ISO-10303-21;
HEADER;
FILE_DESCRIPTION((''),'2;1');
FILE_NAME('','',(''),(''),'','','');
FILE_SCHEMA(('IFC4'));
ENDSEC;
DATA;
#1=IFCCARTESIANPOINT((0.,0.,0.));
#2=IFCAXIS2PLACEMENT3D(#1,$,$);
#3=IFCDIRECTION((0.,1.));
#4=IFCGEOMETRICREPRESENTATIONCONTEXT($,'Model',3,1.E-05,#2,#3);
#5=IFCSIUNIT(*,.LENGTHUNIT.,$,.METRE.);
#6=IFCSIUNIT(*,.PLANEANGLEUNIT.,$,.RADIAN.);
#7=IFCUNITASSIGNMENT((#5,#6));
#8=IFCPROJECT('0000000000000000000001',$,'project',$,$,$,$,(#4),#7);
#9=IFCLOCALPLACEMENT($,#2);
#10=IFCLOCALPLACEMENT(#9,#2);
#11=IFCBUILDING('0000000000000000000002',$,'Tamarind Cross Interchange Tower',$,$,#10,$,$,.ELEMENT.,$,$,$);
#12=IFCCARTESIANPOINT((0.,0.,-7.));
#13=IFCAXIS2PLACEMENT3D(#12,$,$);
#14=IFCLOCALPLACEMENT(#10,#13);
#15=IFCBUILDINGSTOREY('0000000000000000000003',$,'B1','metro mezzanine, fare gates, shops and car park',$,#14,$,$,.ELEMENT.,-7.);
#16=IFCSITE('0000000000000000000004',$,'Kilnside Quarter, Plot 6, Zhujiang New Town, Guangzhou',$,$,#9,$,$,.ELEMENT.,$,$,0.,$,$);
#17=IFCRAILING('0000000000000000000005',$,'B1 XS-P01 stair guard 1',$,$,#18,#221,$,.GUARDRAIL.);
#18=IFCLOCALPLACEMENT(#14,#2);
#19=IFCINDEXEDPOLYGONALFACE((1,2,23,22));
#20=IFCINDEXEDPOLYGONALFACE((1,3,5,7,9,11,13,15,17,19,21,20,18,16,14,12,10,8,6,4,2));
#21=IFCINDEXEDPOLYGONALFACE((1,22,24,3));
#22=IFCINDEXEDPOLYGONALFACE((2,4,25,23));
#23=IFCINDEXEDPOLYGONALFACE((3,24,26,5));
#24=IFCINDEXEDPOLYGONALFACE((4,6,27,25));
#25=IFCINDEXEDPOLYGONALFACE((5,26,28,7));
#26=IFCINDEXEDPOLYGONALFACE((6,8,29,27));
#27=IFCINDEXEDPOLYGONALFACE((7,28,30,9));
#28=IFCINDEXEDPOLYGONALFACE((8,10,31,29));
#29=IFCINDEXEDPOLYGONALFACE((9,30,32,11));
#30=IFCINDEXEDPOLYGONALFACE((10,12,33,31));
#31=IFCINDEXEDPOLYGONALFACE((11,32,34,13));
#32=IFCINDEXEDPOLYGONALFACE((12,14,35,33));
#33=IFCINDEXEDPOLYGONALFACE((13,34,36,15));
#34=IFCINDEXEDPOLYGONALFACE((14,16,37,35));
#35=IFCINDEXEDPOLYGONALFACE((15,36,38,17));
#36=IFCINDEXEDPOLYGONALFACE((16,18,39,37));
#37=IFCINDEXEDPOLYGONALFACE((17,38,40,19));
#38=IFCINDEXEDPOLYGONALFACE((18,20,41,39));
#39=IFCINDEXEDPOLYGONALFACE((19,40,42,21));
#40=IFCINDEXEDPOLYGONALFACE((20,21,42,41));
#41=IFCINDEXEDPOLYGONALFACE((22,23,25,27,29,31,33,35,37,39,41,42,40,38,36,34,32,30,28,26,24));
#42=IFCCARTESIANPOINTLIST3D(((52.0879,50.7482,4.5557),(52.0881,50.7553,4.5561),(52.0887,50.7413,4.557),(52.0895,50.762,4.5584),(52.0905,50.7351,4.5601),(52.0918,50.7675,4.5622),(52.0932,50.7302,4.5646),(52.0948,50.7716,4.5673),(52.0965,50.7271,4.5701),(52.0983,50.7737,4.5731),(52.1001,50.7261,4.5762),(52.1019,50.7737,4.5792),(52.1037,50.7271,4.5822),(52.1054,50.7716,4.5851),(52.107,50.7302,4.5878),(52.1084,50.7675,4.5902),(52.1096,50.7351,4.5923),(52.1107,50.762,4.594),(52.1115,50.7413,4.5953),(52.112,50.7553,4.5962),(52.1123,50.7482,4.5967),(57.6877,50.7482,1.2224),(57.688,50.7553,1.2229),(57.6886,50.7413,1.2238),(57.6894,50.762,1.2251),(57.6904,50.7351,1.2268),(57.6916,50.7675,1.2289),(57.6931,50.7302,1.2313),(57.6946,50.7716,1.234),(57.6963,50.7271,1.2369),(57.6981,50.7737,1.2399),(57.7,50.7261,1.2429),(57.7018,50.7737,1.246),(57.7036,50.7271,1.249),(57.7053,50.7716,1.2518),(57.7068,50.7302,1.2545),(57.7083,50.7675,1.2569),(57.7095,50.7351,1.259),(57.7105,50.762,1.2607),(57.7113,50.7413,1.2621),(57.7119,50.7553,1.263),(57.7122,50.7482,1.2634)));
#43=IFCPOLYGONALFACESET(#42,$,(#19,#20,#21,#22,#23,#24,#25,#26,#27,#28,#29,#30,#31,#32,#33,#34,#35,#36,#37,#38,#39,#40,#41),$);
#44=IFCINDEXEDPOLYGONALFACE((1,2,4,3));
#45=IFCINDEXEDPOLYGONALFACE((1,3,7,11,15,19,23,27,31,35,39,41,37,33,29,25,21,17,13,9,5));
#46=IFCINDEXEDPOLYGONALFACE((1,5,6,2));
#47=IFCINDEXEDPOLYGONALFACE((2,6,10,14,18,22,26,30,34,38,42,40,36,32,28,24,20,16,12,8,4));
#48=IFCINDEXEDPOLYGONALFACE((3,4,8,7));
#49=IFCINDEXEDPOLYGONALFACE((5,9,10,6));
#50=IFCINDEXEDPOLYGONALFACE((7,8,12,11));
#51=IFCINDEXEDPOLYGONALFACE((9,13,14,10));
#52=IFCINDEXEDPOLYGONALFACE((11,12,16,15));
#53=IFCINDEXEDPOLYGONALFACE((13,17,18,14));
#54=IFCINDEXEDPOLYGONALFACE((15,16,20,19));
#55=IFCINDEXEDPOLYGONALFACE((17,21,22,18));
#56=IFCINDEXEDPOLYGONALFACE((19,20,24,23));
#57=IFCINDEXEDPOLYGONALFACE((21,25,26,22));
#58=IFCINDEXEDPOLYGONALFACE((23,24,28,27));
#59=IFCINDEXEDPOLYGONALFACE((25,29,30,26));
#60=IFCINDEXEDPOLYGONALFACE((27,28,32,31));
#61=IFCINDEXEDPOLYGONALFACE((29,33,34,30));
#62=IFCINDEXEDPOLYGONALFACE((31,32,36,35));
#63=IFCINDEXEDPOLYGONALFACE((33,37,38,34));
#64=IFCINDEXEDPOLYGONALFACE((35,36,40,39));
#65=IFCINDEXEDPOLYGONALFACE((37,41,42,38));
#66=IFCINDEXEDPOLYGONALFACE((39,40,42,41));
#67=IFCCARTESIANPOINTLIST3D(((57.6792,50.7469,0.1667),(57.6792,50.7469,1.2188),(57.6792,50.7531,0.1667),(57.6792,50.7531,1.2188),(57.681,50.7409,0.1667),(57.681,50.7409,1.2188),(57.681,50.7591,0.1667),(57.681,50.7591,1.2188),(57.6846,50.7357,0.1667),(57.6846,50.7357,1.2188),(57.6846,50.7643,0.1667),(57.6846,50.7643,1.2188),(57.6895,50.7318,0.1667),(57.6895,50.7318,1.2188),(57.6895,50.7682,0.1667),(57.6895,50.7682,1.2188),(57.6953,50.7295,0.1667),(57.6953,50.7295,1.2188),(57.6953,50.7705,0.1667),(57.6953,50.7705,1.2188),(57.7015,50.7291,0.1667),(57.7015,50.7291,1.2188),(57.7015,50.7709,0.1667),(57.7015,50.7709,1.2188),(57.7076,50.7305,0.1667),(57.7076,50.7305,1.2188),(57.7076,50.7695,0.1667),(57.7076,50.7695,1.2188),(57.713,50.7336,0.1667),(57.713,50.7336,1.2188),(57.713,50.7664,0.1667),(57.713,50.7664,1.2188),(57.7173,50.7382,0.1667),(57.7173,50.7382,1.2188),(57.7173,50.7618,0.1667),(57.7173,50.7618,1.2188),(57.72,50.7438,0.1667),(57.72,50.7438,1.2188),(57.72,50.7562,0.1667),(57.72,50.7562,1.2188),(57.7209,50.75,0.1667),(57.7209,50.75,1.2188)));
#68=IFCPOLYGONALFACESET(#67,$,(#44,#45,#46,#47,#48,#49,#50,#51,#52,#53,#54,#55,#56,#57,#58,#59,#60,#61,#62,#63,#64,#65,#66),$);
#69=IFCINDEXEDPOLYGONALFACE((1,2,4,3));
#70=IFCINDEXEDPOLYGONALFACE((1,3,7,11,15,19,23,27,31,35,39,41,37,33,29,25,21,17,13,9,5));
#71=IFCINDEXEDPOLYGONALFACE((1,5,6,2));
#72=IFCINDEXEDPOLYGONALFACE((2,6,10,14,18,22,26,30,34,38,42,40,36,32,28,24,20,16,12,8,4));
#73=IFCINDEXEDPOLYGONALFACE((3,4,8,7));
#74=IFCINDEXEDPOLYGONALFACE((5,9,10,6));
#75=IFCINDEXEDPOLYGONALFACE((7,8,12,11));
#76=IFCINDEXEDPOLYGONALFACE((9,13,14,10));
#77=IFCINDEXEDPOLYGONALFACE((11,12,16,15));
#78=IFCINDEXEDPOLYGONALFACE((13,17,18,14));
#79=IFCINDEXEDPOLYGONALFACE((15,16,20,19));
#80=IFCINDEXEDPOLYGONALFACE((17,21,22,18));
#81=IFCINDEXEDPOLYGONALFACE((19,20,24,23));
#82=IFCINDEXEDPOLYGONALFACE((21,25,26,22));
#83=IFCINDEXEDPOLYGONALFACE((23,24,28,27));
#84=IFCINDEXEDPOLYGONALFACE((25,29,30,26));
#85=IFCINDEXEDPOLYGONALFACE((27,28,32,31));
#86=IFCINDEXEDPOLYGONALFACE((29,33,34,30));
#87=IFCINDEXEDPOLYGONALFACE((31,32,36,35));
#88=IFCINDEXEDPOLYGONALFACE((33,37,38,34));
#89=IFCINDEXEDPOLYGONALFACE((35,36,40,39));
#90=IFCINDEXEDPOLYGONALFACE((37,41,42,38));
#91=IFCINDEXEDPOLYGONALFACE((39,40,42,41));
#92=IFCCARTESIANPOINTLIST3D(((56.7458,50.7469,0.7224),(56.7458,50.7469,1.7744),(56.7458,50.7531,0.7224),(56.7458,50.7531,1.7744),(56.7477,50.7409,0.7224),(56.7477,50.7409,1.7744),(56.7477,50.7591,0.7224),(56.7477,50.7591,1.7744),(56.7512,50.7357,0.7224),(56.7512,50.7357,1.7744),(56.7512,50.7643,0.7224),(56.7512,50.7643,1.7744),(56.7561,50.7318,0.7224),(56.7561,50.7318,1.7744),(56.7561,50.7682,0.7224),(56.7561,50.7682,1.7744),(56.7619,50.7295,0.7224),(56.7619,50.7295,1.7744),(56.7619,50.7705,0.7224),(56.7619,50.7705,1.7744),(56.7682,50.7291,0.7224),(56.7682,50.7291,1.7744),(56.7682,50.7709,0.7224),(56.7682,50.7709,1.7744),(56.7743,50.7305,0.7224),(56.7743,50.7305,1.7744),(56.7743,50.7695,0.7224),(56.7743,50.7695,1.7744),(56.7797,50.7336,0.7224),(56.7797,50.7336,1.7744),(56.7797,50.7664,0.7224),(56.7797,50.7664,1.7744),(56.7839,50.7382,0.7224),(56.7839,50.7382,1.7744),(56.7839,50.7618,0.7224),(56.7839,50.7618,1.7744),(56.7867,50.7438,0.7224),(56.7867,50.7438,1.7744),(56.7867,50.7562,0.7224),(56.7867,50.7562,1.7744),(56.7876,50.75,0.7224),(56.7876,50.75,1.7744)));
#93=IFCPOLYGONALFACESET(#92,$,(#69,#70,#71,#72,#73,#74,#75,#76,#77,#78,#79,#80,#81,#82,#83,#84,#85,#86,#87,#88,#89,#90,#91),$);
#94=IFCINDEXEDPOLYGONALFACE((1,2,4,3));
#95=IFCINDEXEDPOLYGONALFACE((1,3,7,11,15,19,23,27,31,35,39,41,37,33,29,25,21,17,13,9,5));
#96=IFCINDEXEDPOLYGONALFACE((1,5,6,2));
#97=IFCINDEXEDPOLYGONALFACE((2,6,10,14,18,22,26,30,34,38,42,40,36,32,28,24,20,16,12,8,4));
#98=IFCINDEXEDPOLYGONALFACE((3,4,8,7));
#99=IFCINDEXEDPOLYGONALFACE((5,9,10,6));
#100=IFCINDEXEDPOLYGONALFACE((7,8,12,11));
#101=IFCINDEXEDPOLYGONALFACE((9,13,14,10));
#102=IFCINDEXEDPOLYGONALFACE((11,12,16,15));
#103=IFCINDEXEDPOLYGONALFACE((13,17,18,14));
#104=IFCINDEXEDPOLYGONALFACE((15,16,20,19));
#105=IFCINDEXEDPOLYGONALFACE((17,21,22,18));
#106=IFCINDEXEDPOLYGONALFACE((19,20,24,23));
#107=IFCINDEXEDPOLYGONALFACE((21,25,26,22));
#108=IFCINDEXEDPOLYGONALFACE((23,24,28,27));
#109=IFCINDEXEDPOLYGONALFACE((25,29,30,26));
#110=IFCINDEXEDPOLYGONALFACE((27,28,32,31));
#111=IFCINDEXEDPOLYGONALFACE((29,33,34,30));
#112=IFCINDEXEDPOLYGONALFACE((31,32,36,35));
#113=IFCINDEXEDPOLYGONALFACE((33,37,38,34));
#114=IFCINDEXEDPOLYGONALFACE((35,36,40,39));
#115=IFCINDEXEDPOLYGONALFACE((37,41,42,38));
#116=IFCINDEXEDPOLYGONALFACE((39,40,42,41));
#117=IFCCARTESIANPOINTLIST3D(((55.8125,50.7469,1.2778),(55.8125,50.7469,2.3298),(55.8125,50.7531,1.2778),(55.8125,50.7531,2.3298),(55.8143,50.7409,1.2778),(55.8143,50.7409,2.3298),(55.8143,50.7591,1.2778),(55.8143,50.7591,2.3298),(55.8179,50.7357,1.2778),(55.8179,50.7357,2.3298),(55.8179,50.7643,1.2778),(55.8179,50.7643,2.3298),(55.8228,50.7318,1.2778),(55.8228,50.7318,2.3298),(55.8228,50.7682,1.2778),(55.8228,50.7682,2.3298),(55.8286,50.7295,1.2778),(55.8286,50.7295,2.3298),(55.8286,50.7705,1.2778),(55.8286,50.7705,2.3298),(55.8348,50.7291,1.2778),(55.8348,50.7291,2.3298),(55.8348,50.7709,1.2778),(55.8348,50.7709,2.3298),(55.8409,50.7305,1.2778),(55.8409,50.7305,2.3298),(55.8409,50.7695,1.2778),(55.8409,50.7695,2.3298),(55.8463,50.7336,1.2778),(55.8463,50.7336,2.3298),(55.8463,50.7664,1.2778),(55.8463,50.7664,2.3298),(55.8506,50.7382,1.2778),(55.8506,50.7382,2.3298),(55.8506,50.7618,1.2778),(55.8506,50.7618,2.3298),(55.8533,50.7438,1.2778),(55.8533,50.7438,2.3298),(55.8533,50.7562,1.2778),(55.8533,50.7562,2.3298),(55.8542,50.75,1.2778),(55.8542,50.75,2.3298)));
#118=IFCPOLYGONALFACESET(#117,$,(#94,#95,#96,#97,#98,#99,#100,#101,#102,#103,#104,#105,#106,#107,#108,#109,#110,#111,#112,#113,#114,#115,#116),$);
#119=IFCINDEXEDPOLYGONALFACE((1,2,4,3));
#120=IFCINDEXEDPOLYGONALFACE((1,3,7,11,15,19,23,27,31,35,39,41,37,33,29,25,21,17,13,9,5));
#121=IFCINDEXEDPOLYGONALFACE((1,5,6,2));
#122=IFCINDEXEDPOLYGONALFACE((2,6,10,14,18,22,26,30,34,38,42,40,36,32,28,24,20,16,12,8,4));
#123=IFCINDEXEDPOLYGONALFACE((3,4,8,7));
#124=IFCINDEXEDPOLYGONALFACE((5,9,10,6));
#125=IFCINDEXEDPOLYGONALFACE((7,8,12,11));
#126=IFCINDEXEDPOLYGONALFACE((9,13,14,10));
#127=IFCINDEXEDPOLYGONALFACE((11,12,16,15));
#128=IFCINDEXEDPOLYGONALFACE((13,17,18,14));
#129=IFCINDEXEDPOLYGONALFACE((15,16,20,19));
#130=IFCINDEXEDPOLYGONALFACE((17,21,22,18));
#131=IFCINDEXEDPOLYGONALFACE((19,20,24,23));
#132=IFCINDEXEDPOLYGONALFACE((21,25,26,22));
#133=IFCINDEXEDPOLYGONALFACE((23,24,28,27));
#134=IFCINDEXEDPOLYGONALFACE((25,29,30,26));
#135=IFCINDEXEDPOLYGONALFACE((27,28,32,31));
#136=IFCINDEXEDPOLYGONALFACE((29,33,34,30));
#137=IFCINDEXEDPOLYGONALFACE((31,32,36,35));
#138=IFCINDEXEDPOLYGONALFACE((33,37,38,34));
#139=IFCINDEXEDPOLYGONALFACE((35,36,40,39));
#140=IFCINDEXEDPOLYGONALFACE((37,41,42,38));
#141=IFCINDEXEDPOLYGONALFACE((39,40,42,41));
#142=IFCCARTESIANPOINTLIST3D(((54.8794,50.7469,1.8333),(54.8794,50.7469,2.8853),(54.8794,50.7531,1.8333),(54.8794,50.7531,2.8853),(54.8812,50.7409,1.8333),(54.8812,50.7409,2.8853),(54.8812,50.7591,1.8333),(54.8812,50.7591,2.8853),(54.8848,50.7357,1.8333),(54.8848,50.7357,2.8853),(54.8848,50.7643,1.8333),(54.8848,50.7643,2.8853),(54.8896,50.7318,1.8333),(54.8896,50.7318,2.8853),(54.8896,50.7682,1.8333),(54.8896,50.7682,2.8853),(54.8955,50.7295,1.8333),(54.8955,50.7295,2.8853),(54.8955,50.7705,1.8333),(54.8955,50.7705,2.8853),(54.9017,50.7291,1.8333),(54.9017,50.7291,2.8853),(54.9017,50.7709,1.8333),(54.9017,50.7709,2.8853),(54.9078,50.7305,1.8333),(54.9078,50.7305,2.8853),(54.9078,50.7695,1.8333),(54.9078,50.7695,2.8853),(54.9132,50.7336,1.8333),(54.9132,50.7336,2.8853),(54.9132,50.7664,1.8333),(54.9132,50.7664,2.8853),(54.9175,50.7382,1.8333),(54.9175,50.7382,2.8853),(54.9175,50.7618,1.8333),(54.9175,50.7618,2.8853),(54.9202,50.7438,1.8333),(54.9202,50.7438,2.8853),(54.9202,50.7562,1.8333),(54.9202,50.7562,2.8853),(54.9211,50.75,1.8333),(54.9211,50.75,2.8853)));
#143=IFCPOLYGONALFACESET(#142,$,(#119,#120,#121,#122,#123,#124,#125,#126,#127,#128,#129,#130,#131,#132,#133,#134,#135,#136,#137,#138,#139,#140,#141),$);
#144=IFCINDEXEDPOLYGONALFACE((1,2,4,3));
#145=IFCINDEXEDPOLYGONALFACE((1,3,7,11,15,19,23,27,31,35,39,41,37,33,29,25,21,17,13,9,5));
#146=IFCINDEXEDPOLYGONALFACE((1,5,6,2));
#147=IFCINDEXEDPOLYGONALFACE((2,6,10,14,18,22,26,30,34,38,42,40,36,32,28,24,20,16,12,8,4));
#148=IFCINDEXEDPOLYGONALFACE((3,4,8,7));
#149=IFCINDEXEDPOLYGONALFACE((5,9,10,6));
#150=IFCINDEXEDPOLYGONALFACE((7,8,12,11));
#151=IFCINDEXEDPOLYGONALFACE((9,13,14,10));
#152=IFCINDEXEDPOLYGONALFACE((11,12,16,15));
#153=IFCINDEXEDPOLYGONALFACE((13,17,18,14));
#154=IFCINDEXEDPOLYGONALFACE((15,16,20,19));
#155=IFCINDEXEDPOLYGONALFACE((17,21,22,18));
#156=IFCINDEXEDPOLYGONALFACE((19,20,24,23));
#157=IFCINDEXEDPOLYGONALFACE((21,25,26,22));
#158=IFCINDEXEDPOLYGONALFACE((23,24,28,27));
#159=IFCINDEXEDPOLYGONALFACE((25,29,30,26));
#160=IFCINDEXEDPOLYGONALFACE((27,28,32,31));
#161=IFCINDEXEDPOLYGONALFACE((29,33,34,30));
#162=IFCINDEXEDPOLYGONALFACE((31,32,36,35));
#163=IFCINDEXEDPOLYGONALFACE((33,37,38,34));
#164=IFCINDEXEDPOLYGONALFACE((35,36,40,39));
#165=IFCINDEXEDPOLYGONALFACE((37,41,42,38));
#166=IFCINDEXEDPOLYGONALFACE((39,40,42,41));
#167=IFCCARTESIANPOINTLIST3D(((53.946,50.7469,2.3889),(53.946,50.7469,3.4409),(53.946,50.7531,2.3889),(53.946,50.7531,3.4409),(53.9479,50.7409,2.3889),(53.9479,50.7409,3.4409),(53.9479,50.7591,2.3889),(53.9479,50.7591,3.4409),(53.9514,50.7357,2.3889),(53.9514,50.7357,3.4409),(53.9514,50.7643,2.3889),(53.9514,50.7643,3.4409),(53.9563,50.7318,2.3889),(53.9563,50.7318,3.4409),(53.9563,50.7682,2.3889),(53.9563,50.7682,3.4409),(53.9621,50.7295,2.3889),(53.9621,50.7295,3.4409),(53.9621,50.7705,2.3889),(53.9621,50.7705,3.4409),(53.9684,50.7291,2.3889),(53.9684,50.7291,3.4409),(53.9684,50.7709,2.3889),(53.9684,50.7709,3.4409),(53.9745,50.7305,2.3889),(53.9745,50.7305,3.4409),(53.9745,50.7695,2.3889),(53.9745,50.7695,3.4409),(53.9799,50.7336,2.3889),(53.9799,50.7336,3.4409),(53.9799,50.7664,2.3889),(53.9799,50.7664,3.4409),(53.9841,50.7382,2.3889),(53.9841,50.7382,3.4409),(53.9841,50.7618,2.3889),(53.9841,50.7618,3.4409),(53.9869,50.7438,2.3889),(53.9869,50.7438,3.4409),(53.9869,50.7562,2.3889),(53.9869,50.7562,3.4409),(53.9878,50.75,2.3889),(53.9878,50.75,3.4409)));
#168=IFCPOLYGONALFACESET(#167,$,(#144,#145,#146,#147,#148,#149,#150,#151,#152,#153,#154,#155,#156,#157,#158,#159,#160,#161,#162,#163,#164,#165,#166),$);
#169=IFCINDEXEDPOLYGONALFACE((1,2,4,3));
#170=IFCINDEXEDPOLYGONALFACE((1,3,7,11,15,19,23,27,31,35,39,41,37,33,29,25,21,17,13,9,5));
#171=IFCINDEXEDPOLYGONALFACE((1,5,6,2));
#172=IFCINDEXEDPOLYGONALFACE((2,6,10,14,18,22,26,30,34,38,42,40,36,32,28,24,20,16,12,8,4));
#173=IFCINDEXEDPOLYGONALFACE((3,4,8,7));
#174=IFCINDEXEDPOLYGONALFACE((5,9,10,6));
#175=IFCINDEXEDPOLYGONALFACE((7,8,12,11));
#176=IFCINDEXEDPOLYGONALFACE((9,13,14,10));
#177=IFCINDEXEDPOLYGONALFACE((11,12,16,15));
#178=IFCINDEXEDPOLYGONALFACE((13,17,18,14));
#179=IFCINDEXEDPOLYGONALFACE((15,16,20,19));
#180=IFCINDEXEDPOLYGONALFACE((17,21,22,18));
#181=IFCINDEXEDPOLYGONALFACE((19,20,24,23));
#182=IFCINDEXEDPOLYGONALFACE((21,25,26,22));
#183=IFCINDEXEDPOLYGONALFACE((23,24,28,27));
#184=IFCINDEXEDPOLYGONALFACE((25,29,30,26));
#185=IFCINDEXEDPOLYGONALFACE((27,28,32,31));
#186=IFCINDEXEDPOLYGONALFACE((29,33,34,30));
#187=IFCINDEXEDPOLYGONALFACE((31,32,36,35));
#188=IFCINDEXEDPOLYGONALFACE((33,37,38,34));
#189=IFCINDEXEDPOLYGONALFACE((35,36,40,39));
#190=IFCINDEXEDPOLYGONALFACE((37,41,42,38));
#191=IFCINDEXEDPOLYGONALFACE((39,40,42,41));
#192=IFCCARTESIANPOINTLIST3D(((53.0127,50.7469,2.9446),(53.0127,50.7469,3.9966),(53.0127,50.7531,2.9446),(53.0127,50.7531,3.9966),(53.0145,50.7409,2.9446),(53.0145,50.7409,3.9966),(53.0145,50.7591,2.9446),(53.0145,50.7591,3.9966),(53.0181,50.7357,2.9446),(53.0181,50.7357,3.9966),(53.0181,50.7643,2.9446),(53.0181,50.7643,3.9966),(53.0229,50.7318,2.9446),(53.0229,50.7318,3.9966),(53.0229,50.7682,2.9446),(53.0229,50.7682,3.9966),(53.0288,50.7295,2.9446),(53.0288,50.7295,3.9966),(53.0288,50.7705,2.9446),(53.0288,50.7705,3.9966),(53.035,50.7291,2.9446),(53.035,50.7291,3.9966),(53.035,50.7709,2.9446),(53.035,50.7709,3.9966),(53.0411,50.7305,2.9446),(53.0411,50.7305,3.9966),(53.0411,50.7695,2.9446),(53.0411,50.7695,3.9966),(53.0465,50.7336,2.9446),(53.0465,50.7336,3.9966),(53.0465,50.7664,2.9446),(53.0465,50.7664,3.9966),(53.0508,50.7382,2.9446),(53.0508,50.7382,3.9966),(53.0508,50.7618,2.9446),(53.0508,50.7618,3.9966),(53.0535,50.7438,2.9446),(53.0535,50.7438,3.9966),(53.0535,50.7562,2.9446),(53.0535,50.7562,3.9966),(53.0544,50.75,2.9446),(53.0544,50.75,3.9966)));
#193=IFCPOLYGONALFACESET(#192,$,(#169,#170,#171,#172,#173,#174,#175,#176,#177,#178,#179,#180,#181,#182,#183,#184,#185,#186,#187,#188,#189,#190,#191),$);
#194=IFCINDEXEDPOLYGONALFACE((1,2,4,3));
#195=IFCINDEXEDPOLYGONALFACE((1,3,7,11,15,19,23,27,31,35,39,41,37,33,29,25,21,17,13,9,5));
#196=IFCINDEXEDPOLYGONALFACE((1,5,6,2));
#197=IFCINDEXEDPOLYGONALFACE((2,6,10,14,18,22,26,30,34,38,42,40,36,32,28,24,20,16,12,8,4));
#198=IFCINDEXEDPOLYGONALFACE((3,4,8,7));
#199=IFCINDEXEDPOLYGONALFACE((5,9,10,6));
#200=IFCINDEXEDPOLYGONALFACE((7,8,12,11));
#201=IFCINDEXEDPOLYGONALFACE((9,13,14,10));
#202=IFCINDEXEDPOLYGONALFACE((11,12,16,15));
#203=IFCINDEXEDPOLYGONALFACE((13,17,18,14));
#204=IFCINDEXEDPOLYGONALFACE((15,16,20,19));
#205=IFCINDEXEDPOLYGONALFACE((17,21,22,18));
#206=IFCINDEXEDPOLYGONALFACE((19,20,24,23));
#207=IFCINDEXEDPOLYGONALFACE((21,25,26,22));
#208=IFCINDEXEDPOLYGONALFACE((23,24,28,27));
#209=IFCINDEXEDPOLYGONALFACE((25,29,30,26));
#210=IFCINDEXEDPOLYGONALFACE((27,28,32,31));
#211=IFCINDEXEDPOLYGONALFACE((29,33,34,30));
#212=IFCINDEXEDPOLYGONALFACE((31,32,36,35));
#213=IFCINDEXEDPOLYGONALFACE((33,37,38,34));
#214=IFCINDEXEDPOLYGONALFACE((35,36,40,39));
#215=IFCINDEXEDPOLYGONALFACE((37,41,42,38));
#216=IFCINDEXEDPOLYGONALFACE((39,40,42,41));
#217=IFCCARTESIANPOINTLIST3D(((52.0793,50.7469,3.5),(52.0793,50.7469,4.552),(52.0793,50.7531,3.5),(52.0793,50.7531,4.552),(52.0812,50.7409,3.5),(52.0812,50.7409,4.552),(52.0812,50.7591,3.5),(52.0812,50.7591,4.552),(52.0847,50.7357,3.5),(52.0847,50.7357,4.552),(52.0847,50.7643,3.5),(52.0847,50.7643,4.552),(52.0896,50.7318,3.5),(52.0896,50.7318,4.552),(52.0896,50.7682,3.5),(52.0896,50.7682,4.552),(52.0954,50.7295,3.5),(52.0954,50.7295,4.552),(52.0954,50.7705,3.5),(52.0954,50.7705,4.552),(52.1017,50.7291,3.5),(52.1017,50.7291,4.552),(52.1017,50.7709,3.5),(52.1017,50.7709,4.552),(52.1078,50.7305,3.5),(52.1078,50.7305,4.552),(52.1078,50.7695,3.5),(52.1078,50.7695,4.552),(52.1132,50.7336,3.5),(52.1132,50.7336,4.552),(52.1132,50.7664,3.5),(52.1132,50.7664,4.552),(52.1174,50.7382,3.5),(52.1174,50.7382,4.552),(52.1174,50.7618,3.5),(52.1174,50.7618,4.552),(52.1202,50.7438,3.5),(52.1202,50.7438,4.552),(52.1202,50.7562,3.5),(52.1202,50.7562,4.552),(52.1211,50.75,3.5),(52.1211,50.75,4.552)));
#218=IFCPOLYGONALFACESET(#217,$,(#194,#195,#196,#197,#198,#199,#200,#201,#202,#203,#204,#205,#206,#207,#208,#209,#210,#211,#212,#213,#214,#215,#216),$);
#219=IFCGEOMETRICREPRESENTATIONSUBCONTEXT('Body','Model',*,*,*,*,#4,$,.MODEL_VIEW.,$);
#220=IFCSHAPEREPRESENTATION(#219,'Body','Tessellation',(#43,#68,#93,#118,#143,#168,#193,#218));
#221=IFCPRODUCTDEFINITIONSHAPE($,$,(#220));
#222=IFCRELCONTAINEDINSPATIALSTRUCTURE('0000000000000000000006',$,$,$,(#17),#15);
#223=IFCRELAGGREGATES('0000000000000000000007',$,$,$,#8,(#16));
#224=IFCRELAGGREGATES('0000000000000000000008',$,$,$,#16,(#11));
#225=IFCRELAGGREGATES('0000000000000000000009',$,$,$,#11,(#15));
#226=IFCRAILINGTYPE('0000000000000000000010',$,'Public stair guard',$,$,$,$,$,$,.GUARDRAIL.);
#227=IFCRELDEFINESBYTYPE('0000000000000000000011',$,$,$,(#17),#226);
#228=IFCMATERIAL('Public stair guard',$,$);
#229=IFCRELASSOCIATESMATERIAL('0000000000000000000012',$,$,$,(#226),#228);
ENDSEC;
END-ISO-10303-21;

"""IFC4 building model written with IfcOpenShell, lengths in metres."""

from ifc_helpers import new_model, si_unit, direction, frame, origin, origin_2d, place, context, subcontext, project, spatial, circle, extrude, material, type_object, element, save


model = new_model("IFC4")

# Units and contexts
model_context = context("Model", 3, precision=1e-05, world=origin(), true_north=direction((0.0, 1.0)))
body_context = subcontext(model_context, "Body", "Model", "MODEL_VIEW")
ifc_project = project(units=[si_unit("LENGTHUNIT", "METRE"), si_unit("PLANEANGLEUNIT", "RADIAN")], contexts=[model_context])

# Site, building, storey
site_placement = place(None, origin())
site = spatial("IfcSite", under=ifc_project, at=site_placement, Name="Kilnside Quarter, Plot 6, Zhujiang New Town, Guangzhou", CompositionType="ELEMENT", RefElevation=0.0)
building_placement = place(site_placement, origin())
building = spatial("IfcBuilding", under=site, at=building_placement, Name="Tamarind Cross Interchange Tower", CompositionType="ELEMENT")
storey_placement = place(building_placement, frame((0.0, 0.0, -7.0)))
storey = spatial("IfcBuildingStorey", under=building, at=storey_placement, Name="B1", Description="metro mezzanine, fare gates, shops and car park", CompositionType="ELEMENT", Elevation=-7.0)

# Railing
ifc_material_1 = material(Name="Public stair guard")
railing_type_1 = type_object("IfcRailingType", Name="Public stair guard", PredefinedType="GUARDRAIL", material=ifc_material_1)
railing_1_placement = place(storey_placement, frame((57.7, 50.75, 0.1667)))
element("IfcRailing", 1, at=railing_1_placement, inside=storey, type_object=railing_type_1, Name="B1 XS-P01 stair guard 1", PredefinedType="GUARDRAIL", context=body_context, shape_type="SweptSolid", body=[
    extrude(circle(Radius=0.0239, at=origin_2d()), frame((0.0, 0.0, 1.0762), z_axis=(-0.859292, 0.0, 0.511485), x_axis=(0.0, -1.0, 0.0)), (0.0, 0.0, 1.0), 6.5168),
    extrude(circle(Radius=0.021, at=origin_2d()), origin(), (0.0, 0.0, 1.0), 1.052),
    extrude(circle(Radius=0.021, at=origin_2d()), frame((-0.9333, 0.0, 0.5557)), (0.0, 0.0, 1.0), 1.052),
    extrude(circle(Radius=0.021, at=origin_2d()), frame((-1.8667, 0.0, 1.1111)), (0.0, 0.0, 1.0), 1.052),
    extrude(circle(Radius=0.021, at=origin_2d()), frame((-2.7998, 0.0, 1.6665)), (0.0, 0.0, 1.0), 1.052),
    extrude(circle(Radius=0.021, at=origin_2d()), frame((-3.7332, 0.0, 2.2222)), (0.0, 0.0, 1.0), 1.052),
    extrude(circle(Radius=0.021, at=origin_2d()), frame((-4.6665, 0.0, 2.7778)), (0.0, 0.0, 1.0), 1.052),
    extrude(circle(Radius=0.021, at=origin_2d()), frame((-5.5999, 0.0, 3.3333)), (0.0, 0.0, 1.0), 1.052),
])

save(model, "model.ifc")
